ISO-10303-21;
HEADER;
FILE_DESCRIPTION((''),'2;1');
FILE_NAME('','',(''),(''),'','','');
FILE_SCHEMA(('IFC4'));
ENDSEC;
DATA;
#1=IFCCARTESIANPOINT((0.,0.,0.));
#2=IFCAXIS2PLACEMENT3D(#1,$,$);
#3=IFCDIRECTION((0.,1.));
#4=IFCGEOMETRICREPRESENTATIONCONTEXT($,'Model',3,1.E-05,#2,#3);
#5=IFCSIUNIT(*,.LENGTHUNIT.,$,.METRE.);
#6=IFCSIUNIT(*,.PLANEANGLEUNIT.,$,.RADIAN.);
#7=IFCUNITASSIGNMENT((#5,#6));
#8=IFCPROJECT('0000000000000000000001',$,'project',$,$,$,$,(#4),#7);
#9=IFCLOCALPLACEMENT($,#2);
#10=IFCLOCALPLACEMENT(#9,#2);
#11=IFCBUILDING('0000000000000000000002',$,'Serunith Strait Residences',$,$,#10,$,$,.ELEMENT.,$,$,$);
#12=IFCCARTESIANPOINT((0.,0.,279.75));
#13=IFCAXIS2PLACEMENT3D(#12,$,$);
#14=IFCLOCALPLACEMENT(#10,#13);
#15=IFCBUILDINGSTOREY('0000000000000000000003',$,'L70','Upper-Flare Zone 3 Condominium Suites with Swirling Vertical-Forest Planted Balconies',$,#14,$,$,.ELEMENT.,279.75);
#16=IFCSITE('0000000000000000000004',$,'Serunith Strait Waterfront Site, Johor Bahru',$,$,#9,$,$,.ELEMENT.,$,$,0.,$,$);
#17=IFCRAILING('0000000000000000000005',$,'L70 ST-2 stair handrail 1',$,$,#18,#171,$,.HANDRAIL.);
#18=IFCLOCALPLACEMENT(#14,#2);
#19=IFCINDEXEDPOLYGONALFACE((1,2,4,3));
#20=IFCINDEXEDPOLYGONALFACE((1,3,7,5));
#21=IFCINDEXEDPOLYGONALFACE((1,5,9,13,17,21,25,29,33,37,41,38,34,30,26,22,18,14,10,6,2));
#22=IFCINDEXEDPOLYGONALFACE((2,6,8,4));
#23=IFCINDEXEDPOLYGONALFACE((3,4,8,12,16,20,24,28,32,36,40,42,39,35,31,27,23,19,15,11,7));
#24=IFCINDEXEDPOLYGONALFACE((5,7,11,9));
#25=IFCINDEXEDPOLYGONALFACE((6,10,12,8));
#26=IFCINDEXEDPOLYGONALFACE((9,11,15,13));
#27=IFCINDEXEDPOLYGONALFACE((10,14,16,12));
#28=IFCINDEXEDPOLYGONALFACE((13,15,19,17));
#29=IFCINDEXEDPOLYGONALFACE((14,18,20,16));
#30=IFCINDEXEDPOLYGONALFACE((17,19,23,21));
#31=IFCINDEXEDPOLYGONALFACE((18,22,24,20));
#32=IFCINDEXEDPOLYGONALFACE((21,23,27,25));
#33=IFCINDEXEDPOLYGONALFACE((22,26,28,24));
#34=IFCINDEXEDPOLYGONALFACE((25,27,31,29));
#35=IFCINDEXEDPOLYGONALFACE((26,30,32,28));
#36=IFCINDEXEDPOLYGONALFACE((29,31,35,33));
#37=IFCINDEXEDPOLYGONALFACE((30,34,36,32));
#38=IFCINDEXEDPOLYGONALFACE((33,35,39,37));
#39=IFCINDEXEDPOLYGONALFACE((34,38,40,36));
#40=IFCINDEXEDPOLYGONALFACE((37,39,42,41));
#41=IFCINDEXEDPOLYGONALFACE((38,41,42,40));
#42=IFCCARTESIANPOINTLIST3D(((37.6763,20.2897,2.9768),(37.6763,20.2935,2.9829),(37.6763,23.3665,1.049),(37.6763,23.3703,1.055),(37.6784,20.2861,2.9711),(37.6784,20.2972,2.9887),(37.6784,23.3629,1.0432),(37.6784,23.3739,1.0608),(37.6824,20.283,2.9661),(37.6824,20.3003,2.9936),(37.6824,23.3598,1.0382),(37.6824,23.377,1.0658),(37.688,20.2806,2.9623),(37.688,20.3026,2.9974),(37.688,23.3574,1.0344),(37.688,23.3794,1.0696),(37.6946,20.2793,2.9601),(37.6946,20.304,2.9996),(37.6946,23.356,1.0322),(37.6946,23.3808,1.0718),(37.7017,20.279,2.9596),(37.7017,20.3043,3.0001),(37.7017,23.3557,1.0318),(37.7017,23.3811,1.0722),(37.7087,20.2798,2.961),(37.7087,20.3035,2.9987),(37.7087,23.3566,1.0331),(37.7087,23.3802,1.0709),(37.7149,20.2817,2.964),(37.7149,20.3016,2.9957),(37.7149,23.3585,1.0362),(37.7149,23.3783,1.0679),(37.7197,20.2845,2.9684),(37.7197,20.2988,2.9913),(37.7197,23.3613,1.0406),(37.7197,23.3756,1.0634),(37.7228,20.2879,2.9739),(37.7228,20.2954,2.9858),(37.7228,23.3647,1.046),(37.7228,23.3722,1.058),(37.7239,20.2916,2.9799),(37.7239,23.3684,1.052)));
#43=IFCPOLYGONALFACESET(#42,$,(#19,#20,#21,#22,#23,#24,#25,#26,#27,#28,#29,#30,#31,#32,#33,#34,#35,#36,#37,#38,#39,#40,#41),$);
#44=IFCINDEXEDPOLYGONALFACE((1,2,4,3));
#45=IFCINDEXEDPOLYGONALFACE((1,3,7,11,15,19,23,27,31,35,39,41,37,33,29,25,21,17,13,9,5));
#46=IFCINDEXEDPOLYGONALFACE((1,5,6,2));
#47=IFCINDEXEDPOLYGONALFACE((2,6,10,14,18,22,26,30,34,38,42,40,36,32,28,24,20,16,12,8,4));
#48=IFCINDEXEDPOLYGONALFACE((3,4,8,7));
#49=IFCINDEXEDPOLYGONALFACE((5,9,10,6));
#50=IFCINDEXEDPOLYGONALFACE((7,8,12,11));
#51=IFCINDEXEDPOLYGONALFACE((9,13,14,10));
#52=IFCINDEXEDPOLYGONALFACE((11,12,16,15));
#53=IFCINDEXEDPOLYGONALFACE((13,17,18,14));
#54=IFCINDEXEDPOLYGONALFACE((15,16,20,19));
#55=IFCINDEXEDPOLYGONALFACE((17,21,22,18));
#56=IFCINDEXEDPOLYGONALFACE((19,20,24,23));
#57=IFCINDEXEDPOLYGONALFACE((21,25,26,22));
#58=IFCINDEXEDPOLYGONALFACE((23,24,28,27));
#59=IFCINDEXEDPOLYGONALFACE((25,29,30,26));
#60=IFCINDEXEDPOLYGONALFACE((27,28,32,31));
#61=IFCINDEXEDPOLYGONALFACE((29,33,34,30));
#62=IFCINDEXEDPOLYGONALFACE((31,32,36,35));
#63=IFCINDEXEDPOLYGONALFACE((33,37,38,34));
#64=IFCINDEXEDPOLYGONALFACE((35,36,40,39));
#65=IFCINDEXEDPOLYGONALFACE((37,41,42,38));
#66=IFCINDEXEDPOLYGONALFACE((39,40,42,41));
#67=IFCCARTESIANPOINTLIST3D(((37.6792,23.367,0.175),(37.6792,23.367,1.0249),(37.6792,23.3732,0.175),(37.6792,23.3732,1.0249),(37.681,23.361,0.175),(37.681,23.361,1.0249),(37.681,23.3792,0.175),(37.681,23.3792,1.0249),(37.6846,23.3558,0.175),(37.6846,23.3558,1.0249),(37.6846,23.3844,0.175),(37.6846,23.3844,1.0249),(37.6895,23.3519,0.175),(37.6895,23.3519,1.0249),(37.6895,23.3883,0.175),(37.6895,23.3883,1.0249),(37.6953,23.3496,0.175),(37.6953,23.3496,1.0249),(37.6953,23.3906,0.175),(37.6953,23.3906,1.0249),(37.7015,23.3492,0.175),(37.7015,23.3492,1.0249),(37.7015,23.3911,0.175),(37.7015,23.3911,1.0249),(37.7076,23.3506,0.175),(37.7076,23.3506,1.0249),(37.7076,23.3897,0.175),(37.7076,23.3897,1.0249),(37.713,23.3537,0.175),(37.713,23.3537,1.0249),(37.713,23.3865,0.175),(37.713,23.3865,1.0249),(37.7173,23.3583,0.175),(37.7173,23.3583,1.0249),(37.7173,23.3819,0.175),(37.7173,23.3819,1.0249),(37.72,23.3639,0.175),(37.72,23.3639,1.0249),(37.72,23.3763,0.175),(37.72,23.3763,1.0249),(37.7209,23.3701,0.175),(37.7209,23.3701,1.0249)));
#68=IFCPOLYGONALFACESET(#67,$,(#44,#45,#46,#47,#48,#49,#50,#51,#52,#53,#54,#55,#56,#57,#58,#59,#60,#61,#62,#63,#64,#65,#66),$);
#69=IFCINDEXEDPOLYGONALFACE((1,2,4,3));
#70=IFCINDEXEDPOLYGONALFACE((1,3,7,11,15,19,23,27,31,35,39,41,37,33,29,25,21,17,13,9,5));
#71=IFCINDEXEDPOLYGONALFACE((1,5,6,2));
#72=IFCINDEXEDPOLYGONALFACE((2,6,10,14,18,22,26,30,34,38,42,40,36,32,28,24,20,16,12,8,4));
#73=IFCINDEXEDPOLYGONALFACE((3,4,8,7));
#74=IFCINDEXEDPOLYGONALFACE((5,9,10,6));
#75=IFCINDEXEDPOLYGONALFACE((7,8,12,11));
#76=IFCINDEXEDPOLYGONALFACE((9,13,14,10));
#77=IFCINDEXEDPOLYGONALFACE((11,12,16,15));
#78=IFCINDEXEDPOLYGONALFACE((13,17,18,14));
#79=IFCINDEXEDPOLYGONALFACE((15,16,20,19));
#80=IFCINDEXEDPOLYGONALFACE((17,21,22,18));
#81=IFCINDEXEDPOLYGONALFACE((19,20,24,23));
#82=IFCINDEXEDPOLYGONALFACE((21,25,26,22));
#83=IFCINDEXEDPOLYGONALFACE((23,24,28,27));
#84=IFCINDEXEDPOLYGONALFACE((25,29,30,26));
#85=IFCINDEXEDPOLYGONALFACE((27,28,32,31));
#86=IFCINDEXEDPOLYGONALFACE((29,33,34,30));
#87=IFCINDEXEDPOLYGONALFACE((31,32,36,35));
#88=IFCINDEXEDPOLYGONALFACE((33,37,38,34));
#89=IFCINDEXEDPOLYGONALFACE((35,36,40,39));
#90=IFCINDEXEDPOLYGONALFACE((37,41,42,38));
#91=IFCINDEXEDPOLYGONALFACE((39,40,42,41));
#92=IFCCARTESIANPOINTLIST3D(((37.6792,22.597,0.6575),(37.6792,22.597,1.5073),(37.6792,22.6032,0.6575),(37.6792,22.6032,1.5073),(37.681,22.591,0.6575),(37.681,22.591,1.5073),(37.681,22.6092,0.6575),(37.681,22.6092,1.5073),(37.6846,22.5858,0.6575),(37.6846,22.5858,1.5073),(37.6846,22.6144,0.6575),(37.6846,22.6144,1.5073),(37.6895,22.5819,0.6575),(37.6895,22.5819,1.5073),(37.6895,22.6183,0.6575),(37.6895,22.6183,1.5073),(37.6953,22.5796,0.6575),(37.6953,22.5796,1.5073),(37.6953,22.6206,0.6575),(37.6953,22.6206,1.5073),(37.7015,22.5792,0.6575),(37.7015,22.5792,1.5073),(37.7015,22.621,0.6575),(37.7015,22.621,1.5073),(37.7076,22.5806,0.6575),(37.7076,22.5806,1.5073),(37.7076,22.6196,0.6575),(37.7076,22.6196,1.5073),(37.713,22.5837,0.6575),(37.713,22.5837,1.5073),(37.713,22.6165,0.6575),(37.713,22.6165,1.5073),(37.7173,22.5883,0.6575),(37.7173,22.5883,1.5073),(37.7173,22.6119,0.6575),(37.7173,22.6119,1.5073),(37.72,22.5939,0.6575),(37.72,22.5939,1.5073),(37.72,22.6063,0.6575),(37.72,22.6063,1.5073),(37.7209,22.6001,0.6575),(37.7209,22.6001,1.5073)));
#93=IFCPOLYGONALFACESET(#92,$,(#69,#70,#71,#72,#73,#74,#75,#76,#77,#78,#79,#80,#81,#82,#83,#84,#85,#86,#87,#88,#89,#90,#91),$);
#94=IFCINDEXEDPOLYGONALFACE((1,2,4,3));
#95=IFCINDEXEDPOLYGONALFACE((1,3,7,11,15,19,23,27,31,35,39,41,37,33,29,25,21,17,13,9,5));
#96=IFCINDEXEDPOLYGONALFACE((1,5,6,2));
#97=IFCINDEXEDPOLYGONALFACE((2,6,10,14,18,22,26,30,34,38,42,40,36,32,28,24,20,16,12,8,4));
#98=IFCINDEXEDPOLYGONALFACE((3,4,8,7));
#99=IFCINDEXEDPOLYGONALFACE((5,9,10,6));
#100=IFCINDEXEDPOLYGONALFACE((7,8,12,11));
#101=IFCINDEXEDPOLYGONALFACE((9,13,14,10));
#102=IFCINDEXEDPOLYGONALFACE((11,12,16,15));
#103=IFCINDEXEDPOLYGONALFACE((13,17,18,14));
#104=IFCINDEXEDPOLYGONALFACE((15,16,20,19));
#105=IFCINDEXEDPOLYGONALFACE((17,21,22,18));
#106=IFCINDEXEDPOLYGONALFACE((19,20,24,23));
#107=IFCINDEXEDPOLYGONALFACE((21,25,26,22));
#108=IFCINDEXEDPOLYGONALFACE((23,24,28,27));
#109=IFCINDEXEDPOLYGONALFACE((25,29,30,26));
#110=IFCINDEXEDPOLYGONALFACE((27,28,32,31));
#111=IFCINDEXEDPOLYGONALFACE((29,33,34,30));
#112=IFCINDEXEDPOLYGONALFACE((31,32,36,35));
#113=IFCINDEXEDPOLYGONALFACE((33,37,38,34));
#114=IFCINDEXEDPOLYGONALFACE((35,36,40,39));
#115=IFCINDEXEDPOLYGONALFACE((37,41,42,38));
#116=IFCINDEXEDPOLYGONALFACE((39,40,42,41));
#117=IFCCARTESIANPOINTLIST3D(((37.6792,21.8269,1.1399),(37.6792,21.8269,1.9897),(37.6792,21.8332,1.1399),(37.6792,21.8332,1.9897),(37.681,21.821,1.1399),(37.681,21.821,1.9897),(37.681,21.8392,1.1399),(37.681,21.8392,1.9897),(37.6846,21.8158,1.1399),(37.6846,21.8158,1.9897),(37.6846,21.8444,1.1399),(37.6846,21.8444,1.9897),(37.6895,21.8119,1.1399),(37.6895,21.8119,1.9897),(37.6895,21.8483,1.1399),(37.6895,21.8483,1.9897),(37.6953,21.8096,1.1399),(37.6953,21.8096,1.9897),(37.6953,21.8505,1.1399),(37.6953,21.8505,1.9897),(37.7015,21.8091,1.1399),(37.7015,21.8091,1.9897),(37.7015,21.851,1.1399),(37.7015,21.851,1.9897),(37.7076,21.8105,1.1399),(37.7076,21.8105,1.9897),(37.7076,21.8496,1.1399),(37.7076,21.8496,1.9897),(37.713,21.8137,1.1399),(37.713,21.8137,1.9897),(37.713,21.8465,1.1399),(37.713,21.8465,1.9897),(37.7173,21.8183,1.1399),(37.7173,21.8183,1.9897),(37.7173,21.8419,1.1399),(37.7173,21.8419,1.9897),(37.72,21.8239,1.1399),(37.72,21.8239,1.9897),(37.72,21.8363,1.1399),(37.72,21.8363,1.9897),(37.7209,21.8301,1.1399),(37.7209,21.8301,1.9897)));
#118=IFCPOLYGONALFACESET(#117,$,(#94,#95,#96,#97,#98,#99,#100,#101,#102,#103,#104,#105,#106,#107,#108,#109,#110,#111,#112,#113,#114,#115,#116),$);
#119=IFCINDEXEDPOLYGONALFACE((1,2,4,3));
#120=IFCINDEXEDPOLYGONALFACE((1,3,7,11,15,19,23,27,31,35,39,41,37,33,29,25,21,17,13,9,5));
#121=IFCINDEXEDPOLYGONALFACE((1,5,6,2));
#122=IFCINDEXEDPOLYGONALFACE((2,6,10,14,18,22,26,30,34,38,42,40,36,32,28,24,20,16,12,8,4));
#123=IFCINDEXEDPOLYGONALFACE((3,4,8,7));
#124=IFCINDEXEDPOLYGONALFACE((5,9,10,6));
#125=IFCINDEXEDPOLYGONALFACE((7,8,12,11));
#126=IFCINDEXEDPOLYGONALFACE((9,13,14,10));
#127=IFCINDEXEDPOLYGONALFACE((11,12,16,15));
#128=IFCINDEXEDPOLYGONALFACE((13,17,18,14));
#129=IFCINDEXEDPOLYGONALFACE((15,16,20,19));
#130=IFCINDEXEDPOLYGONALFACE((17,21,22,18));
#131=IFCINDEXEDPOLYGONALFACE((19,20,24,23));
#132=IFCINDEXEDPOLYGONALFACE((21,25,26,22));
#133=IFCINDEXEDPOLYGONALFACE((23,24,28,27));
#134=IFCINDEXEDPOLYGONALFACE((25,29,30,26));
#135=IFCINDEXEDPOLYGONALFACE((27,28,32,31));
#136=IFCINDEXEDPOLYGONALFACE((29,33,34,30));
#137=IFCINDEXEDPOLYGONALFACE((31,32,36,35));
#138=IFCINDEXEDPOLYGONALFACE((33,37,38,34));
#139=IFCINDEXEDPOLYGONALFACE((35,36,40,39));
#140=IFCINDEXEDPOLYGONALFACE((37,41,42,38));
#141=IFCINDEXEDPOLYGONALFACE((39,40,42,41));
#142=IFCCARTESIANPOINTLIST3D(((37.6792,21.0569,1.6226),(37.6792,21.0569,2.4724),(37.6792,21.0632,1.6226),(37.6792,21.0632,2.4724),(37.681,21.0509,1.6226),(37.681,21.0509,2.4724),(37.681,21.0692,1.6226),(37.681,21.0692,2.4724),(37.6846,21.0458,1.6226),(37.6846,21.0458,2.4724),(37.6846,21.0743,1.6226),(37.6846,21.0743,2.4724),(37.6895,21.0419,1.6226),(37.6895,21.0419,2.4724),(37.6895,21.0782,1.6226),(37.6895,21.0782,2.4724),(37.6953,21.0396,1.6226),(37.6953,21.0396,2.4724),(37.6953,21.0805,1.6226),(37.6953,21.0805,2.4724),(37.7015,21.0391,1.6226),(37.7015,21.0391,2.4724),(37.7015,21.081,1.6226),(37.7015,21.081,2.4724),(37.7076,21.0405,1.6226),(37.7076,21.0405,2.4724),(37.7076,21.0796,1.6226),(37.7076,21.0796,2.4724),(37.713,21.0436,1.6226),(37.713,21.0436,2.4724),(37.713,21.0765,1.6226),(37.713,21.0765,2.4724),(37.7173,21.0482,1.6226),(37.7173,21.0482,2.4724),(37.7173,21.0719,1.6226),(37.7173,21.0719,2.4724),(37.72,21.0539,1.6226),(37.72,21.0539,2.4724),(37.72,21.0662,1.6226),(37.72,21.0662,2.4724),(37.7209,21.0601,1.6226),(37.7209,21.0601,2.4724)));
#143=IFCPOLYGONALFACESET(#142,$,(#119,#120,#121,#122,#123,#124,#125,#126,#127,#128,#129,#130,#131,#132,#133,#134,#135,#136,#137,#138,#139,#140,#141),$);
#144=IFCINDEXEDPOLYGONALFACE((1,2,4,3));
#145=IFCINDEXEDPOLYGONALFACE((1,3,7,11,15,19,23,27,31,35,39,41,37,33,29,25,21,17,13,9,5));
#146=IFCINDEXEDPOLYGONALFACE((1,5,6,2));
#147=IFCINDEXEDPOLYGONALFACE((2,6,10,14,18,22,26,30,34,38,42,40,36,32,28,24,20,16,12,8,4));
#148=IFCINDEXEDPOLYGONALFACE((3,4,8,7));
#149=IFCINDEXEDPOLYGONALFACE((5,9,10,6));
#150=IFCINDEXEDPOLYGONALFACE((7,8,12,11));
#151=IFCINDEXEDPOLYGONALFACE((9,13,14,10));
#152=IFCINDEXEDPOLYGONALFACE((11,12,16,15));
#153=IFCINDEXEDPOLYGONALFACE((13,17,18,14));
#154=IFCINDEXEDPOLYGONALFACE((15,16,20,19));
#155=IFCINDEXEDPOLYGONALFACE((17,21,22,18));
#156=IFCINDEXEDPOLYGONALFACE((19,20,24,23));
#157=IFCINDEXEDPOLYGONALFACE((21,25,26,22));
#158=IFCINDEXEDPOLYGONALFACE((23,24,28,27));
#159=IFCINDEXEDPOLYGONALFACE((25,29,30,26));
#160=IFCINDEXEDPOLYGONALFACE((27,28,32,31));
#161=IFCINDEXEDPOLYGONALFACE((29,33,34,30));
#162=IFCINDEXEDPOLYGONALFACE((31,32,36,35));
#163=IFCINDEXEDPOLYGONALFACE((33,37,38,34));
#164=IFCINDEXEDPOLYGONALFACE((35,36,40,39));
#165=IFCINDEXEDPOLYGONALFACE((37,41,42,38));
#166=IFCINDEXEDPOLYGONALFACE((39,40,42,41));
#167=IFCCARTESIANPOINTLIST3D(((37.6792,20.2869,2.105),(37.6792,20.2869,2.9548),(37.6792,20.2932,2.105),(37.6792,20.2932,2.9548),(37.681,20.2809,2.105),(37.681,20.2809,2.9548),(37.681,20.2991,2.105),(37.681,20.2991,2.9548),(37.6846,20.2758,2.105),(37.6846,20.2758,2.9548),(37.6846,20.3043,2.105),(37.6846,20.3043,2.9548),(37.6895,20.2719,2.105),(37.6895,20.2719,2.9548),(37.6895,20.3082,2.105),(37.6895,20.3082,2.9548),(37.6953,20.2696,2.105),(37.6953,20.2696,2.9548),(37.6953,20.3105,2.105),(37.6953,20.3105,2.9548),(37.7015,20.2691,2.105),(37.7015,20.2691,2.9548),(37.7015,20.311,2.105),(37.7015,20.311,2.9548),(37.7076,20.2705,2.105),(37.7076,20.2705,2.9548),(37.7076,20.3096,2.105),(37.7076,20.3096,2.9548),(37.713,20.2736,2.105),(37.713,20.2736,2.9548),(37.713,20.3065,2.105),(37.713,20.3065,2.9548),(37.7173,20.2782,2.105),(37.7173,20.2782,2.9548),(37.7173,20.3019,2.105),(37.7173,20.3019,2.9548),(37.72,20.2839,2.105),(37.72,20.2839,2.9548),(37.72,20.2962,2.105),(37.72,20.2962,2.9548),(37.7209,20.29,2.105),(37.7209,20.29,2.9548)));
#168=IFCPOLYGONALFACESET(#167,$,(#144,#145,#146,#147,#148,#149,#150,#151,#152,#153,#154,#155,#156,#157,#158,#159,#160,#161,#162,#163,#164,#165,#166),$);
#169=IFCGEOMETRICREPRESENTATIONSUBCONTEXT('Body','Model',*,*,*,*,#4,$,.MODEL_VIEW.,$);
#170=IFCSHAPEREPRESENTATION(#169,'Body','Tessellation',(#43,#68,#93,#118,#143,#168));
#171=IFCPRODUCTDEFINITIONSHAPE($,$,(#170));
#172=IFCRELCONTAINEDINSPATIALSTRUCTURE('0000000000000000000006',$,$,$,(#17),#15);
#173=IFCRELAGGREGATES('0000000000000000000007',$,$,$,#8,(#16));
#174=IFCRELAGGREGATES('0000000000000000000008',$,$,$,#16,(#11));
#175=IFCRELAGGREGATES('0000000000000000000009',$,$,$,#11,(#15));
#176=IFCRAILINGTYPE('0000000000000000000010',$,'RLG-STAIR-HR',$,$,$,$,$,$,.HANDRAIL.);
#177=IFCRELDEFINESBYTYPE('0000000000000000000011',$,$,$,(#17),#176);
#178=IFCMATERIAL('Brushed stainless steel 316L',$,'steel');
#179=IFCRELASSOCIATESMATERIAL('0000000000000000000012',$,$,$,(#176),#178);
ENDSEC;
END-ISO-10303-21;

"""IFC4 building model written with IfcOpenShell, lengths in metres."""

from ifc_helpers import new_model, si_unit, direction, frame, origin, origin_2d, place, context, subcontext, project, spatial, circle, extrude, material, type_object, element, save


model = new_model("IFC4")

# Units and contexts
model_context = context("Model", 3, precision=1e-05, world=origin(), true_north=direction((0.0, 1.0)))
body_context = subcontext(model_context, "Body", "Model", "MODEL_VIEW")
ifc_project = project(units=[si_unit("LENGTHUNIT", "METRE"), si_unit("PLANEANGLEUNIT", "RADIAN")], contexts=[model_context])

# Site, building, storey
site_placement = place(None, origin())
site = spatial("IfcSite", under=ifc_project, at=site_placement, Name="Serunith Strait Waterfront Site, Johor Bahru", CompositionType="ELEMENT", RefElevation=0.0)
building_placement = place(site_placement, origin())
building = spatial("IfcBuilding", under=site, at=building_placement, Name="Serunith Strait Residences", CompositionType="ELEMENT")
storey_placement = place(building_placement, frame((0.0, 0.0, 279.75)))
storey = spatial("IfcBuildingStorey", under=building, at=storey_placement, Name="L70", Description="Upper-Flare Zone 3 Condominium Suites with Swirling Vertical-Forest Planted Balconies", CompositionType="ELEMENT", Elevation=279.75)

# Railing
ifc_material_1 = material(Name="Brushed stainless steel 316L", Category="steel")
railing_type_1 = type_object("IfcRailingType", Name="RLG-STAIR-HR", PredefinedType="HANDRAIL", material=ifc_material_1)
railing_1_placement = place(storey_placement, frame((37.7, 23.3701, 0.175)))
element("IfcRailing", 1, at=railing_1_placement, inside=storey, type_object=railing_type_1, Name="L70 ST-2 stair handrail 1", PredefinedType="HANDRAIL", context=body_context, shape_type="SweptSolid", body=[
    extrude(circle(Radius=0.0239, at=origin_2d()), frame((0.0, -0.0017, 0.877), z_axis=(0.0, -0.847394, 0.530965), x_axis=(1.0, 0.0, 0.0)), (0.0, 0.0, 1.0), 3.6309),
    extrude(circle(Radius=0.021, at=origin_2d()), origin(), (0.0, 0.0, 1.0), 0.8499),
    extrude(circle(Radius=0.021, at=origin_2d()), frame((0.0, -0.77, 0.4824)), (0.0, 0.0, 1.0), 0.8499),
    extrude(circle(Radius=0.021, at=origin_2d()), frame((0.0, -1.54, 0.9648)), (0.0, 0.0, 1.0), 0.8499),
    extrude(circle(Radius=0.021, at=origin_2d()), frame((0.0, -2.3101, 1.4475)), (0.0, 0.0, 1.0), 0.8499),
    extrude(circle(Radius=0.021, at=origin_2d()), frame((0.0, -3.0801, 1.9299)), (0.0, 0.0, 1.0), 0.8499),
])

save(model, "model.ifc")
